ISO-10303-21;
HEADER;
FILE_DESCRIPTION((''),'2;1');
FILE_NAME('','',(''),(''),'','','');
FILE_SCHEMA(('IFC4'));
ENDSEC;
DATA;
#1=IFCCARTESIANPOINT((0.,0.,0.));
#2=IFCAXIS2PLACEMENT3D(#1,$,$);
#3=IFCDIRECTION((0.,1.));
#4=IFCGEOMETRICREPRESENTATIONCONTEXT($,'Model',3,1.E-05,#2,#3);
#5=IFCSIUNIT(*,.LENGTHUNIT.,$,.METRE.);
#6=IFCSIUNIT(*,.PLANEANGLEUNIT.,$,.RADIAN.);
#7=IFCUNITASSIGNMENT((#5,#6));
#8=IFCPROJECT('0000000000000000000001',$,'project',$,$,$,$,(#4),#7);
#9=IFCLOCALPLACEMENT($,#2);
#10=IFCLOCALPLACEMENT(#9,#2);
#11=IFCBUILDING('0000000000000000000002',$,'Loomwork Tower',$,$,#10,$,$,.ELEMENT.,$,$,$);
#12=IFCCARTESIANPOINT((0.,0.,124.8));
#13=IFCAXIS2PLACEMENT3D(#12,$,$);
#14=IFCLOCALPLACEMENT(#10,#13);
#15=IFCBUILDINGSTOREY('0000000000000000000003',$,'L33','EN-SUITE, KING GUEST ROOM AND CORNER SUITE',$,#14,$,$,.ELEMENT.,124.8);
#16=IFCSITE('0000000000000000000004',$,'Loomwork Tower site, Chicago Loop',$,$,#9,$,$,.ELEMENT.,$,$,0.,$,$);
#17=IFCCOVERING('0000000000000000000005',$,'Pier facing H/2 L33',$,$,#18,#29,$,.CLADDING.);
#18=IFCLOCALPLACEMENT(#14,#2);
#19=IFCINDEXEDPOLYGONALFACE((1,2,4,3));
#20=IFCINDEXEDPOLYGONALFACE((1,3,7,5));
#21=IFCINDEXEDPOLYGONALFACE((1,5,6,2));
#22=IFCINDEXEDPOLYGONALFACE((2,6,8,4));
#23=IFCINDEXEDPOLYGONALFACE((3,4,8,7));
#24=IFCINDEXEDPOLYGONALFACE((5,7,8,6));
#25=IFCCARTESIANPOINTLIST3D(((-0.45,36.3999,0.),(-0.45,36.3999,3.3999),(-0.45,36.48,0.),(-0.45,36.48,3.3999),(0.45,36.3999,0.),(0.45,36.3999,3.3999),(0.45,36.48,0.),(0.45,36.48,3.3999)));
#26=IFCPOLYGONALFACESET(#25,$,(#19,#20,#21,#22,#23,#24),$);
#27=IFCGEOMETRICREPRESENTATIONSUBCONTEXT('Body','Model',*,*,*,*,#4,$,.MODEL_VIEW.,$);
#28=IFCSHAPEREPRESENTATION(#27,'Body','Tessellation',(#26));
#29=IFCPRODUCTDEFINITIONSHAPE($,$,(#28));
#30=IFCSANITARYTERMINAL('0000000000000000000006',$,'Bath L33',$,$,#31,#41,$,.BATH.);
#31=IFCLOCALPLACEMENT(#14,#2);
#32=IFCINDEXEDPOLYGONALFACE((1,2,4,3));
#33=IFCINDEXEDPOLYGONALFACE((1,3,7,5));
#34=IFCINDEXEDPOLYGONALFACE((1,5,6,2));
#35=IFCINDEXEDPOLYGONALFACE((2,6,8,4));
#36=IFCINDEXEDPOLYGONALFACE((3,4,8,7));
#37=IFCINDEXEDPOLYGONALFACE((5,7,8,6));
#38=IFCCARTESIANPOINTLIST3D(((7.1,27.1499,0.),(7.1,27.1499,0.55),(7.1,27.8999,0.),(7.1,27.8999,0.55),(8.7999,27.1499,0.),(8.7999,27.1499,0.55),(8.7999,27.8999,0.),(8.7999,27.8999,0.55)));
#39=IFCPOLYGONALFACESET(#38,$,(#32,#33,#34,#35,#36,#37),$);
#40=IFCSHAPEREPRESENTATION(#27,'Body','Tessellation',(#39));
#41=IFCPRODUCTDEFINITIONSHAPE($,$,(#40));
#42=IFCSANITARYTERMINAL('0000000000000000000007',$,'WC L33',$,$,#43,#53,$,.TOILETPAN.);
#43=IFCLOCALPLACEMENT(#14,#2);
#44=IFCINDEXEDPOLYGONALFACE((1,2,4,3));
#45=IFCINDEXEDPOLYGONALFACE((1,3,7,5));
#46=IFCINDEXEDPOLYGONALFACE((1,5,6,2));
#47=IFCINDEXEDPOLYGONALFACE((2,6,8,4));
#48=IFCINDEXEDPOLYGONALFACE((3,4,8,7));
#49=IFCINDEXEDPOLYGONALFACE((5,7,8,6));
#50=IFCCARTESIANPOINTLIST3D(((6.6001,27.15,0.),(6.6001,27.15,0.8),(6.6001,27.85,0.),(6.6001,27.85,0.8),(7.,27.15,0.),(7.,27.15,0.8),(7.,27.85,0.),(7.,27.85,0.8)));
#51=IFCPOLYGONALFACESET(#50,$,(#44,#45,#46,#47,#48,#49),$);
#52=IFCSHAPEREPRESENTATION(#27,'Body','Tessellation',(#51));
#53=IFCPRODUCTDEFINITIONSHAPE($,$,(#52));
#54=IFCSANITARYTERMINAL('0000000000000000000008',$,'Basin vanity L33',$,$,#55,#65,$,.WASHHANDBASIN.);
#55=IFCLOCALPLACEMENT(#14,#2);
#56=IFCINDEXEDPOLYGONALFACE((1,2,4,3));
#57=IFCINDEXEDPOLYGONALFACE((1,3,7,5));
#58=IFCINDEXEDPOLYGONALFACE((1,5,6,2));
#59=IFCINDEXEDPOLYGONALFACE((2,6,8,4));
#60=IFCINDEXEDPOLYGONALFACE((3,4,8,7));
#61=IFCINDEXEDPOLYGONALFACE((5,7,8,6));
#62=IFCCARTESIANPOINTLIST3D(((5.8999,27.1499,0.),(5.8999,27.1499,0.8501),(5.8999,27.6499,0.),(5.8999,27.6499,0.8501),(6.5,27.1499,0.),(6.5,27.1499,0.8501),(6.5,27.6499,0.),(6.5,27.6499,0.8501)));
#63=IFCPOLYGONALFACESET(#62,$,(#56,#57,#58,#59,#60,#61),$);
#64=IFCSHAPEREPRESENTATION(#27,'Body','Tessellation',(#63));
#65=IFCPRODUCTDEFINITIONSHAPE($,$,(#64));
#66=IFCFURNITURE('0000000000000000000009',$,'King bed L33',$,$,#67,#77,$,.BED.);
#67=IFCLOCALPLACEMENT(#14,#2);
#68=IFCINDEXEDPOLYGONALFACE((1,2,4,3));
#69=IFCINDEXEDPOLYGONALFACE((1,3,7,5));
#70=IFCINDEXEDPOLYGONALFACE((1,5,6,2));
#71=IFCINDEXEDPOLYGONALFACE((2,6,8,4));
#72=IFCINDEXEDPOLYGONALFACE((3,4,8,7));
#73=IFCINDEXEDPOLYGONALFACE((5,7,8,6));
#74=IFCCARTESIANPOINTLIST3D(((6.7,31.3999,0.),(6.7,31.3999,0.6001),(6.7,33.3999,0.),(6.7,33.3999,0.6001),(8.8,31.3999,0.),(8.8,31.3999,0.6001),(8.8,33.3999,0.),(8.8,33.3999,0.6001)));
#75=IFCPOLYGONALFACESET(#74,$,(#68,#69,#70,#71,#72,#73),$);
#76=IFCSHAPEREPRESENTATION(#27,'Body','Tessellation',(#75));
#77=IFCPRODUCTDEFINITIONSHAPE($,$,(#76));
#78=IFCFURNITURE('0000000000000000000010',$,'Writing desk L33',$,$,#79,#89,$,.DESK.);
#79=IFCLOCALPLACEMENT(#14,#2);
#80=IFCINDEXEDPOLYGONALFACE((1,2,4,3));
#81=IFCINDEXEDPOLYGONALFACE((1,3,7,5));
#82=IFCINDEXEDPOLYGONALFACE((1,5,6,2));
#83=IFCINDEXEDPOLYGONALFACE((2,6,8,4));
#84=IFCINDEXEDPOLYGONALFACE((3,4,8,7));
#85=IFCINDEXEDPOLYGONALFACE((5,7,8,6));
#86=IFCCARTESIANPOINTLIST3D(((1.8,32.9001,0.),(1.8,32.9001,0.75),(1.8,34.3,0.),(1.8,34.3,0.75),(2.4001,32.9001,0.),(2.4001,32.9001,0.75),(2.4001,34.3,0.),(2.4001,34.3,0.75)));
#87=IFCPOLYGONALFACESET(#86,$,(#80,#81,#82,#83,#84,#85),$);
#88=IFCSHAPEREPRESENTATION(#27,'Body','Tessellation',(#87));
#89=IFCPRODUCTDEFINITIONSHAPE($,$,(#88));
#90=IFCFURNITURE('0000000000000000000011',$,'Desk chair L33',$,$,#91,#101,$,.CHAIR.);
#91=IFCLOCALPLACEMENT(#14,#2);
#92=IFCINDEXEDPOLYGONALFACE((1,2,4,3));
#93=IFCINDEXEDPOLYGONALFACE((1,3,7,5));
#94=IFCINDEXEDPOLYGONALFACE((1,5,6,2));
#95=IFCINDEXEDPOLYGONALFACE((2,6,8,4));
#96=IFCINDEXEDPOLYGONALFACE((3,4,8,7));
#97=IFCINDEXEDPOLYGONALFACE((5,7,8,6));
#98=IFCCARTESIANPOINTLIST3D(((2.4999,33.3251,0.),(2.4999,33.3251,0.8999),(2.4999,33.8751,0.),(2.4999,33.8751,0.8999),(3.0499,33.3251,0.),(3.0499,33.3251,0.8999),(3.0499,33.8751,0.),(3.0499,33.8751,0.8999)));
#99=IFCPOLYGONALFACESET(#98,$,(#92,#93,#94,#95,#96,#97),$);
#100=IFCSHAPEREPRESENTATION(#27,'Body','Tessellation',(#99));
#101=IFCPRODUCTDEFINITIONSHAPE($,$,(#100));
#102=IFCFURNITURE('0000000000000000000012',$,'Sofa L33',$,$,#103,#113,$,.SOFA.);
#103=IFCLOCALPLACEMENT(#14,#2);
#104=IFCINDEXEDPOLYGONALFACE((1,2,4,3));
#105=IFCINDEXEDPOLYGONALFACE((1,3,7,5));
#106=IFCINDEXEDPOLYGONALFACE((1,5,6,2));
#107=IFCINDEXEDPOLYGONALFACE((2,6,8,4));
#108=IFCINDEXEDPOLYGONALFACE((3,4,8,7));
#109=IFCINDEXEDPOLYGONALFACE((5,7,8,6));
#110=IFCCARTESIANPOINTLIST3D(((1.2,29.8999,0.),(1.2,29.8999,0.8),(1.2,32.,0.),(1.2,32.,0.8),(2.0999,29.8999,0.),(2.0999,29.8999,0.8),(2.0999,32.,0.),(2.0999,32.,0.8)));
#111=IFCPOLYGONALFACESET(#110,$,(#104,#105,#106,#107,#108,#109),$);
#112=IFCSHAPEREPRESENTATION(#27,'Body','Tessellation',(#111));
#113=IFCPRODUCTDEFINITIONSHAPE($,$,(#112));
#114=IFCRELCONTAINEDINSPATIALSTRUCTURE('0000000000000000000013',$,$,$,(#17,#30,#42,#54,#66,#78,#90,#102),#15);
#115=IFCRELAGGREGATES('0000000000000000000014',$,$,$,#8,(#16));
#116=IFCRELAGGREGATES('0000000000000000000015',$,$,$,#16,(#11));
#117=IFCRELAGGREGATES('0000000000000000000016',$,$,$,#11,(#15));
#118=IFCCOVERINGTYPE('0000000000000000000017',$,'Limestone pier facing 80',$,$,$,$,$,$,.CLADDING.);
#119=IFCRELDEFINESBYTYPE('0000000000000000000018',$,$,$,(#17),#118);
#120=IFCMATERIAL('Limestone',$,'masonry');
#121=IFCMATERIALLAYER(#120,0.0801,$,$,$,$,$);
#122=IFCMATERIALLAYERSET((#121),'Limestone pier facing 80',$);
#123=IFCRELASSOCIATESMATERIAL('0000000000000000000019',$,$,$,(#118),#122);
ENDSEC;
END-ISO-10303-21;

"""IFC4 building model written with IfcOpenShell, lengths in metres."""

from ifc_helpers import new_model, si_unit, direction, frame, origin, origin_2d, place, context, subcontext, project, spatial, rectangle, extrude, material, layer, layer_set, type_object, element, save


model = new_model("IFC4")

# Units and contexts
model_context = context("Model", 3, precision=1e-05, world=origin(), true_north=direction((0.0, 1.0)))
body_context = subcontext(model_context, "Body", "Model", "MODEL_VIEW")
ifc_project = project(units=[si_unit("LENGTHUNIT", "METRE"), si_unit("PLANEANGLEUNIT", "RADIAN")], contexts=[model_context])

# Site, building, storey
site_placement = place(None, origin())
site = spatial("IfcSite", under=ifc_project, at=site_placement, Name="Loomwork Tower site, Chicago Loop", CompositionType="ELEMENT", RefElevation=0.0)
building_placement = place(site_placement, origin())
building = spatial("IfcBuilding", under=site, at=building_placement, Name="Loomwork Tower", CompositionType="ELEMENT")
storey_placement = place(building_placement, frame((0.0, 0.0, 124.8)))
storey = spatial("IfcBuildingStorey", under=building, at=storey_placement, Name="L33", Description="EN-SUITE, KING GUEST ROOM AND CORNER SUITE", CompositionType="ELEMENT", Elevation=124.8)

# Covering
ifc_material_1 = material(Name="Limestone", Category="masonry")
ifc_layer_1 = layer(ifc_material_1, 0.0801)
ifc_layer_set_1 = layer_set([ifc_layer_1], Name="Limestone pier facing 80")
covering_type = type_object("IfcCoveringType", Name="Limestone pier facing 80", PredefinedType="CLADDING", material=ifc_layer_set_1)
covering_placement = place(storey_placement, frame((0.0, 36.4399, 0.0), z_axis=(0.0, 0.0, 1.0), x_axis=(1.0, 0.0, 0.0)))
element("IfcCovering", 1, at=covering_placement, inside=storey, type_object=covering_type, Name="Pier facing H/2 L33", PredefinedType="CLADDING", context=body_context, shape_type="SweptSolid", body=[
    extrude(rectangle(XDim=0.8999, YDim=0.0801, at=origin_2d()), origin(), (0.0, 0.0, 1.0), 3.3999),
])

# Sanitary terminals
sanitary_terminal_1_placement = place(storey_placement, frame((7.95, 27.5249, 0.0), z_axis=(0.0, 0.0, 1.0), x_axis=(1.0, 0.0, 0.0)))
element("IfcSanitaryTerminal", 2, at=sanitary_terminal_1_placement, inside=storey, Name="Bath L33", PredefinedType="BATH", context=body_context, shape_type="SweptSolid", body=[
    extrude(rectangle(XDim=1.7, YDim=0.75, at=origin_2d()), origin(), (0.0, 0.0, 1.0), 0.55),
])
sanitary_terminal_2_placement = place(storey_placement, frame((6.8, 27.5, 0.0), z_axis=(0.0, 0.0, 1.0), x_axis=(1.0, 0.0, 0.0)))
element("IfcSanitaryTerminal", 3, at=sanitary_terminal_2_placement, inside=storey, Name="WC L33", PredefinedType="TOILETPAN", context=body_context, shape_type="SweptSolid", body=[
    extrude(rectangle(XDim=0.3999, YDim=0.7, at=origin_2d()), origin(), (0.0, 0.0, 1.0), 0.8),
])
sanitary_terminal_3_placement = place(storey_placement, frame((6.2, 27.3999, 0.0), z_axis=(0.0, 0.0, 1.0), x_axis=(1.0, 0.0, 0.0)))
element("IfcSanitaryTerminal", 4, at=sanitary_terminal_3_placement, inside=storey, Name="Basin vanity L33", PredefinedType="WASHHANDBASIN", context=body_context, shape_type="SweptSolid", body=[
    extrude(rectangle(XDim=0.6001, YDim=0.5, at=origin_2d()), origin(), (0.0, 0.0, 1.0), 0.8501),
])

# Furniture
furniture_1_placement = place(storey_placement, frame((7.75, 32.3999, 0.0), z_axis=(0.0, 0.0, 1.0), x_axis=(1.0, 0.0, 0.0)))
element("IfcFurniture", 5, at=furniture_1_placement, inside=storey, Name="King bed L33", PredefinedType="BED", context=body_context, shape_type="SweptSolid", body=[
    extrude(rectangle(XDim=2.1001, YDim=2.0, at=origin_2d()), origin(), (0.0, 0.0, 1.0), 0.6001),
])
furniture_2_placement = place(storey_placement, frame((2.1001, 33.6001, 0.0), z_axis=(0.0, 0.0, 1.0), x_axis=(1.0, 0.0, 0.0)))
element("IfcFurniture", 6, at=furniture_2_placement, inside=storey, Name="Writing desk L33", PredefinedType="DESK", context=body_context, shape_type="SweptSolid", body=[
    extrude(rectangle(XDim=0.6001, YDim=1.3999, at=origin_2d()), origin(), (0.0, 0.0, 1.0), 0.75),
])
furniture_3_placement = place(storey_placement, frame((2.7749, 33.6001, 0.0), z_axis=(0.0, 0.0, 1.0), x_axis=(1.0, 0.0, 0.0)))
element("IfcFurniture", 7, at=furniture_3_placement, inside=storey, Name="Desk chair L33", PredefinedType="CHAIR", context=body_context, shape_type="SweptSolid", body=[
    extrude(rectangle(XDim=0.55, YDim=0.55, at=origin_2d()), origin(), (0.0, 0.0, 1.0), 0.8999),
])
furniture_4_placement = place(storey_placement, frame((1.6499, 30.95, 0.0), z_axis=(0.0, 0.0, 1.0), x_axis=(1.0, 0.0, 0.0)))
element("IfcFurniture", 8, at=furniture_4_placement, inside=storey, Name="Sofa L33", PredefinedType="SOFA", context=body_context, shape_type="SweptSolid", body=[
    extrude(rectangle(XDim=0.8999, YDim=2.1001, at=origin_2d()), origin(), (0.0, 0.0, 1.0), 0.8),
])

save(model, "model.ifc")
